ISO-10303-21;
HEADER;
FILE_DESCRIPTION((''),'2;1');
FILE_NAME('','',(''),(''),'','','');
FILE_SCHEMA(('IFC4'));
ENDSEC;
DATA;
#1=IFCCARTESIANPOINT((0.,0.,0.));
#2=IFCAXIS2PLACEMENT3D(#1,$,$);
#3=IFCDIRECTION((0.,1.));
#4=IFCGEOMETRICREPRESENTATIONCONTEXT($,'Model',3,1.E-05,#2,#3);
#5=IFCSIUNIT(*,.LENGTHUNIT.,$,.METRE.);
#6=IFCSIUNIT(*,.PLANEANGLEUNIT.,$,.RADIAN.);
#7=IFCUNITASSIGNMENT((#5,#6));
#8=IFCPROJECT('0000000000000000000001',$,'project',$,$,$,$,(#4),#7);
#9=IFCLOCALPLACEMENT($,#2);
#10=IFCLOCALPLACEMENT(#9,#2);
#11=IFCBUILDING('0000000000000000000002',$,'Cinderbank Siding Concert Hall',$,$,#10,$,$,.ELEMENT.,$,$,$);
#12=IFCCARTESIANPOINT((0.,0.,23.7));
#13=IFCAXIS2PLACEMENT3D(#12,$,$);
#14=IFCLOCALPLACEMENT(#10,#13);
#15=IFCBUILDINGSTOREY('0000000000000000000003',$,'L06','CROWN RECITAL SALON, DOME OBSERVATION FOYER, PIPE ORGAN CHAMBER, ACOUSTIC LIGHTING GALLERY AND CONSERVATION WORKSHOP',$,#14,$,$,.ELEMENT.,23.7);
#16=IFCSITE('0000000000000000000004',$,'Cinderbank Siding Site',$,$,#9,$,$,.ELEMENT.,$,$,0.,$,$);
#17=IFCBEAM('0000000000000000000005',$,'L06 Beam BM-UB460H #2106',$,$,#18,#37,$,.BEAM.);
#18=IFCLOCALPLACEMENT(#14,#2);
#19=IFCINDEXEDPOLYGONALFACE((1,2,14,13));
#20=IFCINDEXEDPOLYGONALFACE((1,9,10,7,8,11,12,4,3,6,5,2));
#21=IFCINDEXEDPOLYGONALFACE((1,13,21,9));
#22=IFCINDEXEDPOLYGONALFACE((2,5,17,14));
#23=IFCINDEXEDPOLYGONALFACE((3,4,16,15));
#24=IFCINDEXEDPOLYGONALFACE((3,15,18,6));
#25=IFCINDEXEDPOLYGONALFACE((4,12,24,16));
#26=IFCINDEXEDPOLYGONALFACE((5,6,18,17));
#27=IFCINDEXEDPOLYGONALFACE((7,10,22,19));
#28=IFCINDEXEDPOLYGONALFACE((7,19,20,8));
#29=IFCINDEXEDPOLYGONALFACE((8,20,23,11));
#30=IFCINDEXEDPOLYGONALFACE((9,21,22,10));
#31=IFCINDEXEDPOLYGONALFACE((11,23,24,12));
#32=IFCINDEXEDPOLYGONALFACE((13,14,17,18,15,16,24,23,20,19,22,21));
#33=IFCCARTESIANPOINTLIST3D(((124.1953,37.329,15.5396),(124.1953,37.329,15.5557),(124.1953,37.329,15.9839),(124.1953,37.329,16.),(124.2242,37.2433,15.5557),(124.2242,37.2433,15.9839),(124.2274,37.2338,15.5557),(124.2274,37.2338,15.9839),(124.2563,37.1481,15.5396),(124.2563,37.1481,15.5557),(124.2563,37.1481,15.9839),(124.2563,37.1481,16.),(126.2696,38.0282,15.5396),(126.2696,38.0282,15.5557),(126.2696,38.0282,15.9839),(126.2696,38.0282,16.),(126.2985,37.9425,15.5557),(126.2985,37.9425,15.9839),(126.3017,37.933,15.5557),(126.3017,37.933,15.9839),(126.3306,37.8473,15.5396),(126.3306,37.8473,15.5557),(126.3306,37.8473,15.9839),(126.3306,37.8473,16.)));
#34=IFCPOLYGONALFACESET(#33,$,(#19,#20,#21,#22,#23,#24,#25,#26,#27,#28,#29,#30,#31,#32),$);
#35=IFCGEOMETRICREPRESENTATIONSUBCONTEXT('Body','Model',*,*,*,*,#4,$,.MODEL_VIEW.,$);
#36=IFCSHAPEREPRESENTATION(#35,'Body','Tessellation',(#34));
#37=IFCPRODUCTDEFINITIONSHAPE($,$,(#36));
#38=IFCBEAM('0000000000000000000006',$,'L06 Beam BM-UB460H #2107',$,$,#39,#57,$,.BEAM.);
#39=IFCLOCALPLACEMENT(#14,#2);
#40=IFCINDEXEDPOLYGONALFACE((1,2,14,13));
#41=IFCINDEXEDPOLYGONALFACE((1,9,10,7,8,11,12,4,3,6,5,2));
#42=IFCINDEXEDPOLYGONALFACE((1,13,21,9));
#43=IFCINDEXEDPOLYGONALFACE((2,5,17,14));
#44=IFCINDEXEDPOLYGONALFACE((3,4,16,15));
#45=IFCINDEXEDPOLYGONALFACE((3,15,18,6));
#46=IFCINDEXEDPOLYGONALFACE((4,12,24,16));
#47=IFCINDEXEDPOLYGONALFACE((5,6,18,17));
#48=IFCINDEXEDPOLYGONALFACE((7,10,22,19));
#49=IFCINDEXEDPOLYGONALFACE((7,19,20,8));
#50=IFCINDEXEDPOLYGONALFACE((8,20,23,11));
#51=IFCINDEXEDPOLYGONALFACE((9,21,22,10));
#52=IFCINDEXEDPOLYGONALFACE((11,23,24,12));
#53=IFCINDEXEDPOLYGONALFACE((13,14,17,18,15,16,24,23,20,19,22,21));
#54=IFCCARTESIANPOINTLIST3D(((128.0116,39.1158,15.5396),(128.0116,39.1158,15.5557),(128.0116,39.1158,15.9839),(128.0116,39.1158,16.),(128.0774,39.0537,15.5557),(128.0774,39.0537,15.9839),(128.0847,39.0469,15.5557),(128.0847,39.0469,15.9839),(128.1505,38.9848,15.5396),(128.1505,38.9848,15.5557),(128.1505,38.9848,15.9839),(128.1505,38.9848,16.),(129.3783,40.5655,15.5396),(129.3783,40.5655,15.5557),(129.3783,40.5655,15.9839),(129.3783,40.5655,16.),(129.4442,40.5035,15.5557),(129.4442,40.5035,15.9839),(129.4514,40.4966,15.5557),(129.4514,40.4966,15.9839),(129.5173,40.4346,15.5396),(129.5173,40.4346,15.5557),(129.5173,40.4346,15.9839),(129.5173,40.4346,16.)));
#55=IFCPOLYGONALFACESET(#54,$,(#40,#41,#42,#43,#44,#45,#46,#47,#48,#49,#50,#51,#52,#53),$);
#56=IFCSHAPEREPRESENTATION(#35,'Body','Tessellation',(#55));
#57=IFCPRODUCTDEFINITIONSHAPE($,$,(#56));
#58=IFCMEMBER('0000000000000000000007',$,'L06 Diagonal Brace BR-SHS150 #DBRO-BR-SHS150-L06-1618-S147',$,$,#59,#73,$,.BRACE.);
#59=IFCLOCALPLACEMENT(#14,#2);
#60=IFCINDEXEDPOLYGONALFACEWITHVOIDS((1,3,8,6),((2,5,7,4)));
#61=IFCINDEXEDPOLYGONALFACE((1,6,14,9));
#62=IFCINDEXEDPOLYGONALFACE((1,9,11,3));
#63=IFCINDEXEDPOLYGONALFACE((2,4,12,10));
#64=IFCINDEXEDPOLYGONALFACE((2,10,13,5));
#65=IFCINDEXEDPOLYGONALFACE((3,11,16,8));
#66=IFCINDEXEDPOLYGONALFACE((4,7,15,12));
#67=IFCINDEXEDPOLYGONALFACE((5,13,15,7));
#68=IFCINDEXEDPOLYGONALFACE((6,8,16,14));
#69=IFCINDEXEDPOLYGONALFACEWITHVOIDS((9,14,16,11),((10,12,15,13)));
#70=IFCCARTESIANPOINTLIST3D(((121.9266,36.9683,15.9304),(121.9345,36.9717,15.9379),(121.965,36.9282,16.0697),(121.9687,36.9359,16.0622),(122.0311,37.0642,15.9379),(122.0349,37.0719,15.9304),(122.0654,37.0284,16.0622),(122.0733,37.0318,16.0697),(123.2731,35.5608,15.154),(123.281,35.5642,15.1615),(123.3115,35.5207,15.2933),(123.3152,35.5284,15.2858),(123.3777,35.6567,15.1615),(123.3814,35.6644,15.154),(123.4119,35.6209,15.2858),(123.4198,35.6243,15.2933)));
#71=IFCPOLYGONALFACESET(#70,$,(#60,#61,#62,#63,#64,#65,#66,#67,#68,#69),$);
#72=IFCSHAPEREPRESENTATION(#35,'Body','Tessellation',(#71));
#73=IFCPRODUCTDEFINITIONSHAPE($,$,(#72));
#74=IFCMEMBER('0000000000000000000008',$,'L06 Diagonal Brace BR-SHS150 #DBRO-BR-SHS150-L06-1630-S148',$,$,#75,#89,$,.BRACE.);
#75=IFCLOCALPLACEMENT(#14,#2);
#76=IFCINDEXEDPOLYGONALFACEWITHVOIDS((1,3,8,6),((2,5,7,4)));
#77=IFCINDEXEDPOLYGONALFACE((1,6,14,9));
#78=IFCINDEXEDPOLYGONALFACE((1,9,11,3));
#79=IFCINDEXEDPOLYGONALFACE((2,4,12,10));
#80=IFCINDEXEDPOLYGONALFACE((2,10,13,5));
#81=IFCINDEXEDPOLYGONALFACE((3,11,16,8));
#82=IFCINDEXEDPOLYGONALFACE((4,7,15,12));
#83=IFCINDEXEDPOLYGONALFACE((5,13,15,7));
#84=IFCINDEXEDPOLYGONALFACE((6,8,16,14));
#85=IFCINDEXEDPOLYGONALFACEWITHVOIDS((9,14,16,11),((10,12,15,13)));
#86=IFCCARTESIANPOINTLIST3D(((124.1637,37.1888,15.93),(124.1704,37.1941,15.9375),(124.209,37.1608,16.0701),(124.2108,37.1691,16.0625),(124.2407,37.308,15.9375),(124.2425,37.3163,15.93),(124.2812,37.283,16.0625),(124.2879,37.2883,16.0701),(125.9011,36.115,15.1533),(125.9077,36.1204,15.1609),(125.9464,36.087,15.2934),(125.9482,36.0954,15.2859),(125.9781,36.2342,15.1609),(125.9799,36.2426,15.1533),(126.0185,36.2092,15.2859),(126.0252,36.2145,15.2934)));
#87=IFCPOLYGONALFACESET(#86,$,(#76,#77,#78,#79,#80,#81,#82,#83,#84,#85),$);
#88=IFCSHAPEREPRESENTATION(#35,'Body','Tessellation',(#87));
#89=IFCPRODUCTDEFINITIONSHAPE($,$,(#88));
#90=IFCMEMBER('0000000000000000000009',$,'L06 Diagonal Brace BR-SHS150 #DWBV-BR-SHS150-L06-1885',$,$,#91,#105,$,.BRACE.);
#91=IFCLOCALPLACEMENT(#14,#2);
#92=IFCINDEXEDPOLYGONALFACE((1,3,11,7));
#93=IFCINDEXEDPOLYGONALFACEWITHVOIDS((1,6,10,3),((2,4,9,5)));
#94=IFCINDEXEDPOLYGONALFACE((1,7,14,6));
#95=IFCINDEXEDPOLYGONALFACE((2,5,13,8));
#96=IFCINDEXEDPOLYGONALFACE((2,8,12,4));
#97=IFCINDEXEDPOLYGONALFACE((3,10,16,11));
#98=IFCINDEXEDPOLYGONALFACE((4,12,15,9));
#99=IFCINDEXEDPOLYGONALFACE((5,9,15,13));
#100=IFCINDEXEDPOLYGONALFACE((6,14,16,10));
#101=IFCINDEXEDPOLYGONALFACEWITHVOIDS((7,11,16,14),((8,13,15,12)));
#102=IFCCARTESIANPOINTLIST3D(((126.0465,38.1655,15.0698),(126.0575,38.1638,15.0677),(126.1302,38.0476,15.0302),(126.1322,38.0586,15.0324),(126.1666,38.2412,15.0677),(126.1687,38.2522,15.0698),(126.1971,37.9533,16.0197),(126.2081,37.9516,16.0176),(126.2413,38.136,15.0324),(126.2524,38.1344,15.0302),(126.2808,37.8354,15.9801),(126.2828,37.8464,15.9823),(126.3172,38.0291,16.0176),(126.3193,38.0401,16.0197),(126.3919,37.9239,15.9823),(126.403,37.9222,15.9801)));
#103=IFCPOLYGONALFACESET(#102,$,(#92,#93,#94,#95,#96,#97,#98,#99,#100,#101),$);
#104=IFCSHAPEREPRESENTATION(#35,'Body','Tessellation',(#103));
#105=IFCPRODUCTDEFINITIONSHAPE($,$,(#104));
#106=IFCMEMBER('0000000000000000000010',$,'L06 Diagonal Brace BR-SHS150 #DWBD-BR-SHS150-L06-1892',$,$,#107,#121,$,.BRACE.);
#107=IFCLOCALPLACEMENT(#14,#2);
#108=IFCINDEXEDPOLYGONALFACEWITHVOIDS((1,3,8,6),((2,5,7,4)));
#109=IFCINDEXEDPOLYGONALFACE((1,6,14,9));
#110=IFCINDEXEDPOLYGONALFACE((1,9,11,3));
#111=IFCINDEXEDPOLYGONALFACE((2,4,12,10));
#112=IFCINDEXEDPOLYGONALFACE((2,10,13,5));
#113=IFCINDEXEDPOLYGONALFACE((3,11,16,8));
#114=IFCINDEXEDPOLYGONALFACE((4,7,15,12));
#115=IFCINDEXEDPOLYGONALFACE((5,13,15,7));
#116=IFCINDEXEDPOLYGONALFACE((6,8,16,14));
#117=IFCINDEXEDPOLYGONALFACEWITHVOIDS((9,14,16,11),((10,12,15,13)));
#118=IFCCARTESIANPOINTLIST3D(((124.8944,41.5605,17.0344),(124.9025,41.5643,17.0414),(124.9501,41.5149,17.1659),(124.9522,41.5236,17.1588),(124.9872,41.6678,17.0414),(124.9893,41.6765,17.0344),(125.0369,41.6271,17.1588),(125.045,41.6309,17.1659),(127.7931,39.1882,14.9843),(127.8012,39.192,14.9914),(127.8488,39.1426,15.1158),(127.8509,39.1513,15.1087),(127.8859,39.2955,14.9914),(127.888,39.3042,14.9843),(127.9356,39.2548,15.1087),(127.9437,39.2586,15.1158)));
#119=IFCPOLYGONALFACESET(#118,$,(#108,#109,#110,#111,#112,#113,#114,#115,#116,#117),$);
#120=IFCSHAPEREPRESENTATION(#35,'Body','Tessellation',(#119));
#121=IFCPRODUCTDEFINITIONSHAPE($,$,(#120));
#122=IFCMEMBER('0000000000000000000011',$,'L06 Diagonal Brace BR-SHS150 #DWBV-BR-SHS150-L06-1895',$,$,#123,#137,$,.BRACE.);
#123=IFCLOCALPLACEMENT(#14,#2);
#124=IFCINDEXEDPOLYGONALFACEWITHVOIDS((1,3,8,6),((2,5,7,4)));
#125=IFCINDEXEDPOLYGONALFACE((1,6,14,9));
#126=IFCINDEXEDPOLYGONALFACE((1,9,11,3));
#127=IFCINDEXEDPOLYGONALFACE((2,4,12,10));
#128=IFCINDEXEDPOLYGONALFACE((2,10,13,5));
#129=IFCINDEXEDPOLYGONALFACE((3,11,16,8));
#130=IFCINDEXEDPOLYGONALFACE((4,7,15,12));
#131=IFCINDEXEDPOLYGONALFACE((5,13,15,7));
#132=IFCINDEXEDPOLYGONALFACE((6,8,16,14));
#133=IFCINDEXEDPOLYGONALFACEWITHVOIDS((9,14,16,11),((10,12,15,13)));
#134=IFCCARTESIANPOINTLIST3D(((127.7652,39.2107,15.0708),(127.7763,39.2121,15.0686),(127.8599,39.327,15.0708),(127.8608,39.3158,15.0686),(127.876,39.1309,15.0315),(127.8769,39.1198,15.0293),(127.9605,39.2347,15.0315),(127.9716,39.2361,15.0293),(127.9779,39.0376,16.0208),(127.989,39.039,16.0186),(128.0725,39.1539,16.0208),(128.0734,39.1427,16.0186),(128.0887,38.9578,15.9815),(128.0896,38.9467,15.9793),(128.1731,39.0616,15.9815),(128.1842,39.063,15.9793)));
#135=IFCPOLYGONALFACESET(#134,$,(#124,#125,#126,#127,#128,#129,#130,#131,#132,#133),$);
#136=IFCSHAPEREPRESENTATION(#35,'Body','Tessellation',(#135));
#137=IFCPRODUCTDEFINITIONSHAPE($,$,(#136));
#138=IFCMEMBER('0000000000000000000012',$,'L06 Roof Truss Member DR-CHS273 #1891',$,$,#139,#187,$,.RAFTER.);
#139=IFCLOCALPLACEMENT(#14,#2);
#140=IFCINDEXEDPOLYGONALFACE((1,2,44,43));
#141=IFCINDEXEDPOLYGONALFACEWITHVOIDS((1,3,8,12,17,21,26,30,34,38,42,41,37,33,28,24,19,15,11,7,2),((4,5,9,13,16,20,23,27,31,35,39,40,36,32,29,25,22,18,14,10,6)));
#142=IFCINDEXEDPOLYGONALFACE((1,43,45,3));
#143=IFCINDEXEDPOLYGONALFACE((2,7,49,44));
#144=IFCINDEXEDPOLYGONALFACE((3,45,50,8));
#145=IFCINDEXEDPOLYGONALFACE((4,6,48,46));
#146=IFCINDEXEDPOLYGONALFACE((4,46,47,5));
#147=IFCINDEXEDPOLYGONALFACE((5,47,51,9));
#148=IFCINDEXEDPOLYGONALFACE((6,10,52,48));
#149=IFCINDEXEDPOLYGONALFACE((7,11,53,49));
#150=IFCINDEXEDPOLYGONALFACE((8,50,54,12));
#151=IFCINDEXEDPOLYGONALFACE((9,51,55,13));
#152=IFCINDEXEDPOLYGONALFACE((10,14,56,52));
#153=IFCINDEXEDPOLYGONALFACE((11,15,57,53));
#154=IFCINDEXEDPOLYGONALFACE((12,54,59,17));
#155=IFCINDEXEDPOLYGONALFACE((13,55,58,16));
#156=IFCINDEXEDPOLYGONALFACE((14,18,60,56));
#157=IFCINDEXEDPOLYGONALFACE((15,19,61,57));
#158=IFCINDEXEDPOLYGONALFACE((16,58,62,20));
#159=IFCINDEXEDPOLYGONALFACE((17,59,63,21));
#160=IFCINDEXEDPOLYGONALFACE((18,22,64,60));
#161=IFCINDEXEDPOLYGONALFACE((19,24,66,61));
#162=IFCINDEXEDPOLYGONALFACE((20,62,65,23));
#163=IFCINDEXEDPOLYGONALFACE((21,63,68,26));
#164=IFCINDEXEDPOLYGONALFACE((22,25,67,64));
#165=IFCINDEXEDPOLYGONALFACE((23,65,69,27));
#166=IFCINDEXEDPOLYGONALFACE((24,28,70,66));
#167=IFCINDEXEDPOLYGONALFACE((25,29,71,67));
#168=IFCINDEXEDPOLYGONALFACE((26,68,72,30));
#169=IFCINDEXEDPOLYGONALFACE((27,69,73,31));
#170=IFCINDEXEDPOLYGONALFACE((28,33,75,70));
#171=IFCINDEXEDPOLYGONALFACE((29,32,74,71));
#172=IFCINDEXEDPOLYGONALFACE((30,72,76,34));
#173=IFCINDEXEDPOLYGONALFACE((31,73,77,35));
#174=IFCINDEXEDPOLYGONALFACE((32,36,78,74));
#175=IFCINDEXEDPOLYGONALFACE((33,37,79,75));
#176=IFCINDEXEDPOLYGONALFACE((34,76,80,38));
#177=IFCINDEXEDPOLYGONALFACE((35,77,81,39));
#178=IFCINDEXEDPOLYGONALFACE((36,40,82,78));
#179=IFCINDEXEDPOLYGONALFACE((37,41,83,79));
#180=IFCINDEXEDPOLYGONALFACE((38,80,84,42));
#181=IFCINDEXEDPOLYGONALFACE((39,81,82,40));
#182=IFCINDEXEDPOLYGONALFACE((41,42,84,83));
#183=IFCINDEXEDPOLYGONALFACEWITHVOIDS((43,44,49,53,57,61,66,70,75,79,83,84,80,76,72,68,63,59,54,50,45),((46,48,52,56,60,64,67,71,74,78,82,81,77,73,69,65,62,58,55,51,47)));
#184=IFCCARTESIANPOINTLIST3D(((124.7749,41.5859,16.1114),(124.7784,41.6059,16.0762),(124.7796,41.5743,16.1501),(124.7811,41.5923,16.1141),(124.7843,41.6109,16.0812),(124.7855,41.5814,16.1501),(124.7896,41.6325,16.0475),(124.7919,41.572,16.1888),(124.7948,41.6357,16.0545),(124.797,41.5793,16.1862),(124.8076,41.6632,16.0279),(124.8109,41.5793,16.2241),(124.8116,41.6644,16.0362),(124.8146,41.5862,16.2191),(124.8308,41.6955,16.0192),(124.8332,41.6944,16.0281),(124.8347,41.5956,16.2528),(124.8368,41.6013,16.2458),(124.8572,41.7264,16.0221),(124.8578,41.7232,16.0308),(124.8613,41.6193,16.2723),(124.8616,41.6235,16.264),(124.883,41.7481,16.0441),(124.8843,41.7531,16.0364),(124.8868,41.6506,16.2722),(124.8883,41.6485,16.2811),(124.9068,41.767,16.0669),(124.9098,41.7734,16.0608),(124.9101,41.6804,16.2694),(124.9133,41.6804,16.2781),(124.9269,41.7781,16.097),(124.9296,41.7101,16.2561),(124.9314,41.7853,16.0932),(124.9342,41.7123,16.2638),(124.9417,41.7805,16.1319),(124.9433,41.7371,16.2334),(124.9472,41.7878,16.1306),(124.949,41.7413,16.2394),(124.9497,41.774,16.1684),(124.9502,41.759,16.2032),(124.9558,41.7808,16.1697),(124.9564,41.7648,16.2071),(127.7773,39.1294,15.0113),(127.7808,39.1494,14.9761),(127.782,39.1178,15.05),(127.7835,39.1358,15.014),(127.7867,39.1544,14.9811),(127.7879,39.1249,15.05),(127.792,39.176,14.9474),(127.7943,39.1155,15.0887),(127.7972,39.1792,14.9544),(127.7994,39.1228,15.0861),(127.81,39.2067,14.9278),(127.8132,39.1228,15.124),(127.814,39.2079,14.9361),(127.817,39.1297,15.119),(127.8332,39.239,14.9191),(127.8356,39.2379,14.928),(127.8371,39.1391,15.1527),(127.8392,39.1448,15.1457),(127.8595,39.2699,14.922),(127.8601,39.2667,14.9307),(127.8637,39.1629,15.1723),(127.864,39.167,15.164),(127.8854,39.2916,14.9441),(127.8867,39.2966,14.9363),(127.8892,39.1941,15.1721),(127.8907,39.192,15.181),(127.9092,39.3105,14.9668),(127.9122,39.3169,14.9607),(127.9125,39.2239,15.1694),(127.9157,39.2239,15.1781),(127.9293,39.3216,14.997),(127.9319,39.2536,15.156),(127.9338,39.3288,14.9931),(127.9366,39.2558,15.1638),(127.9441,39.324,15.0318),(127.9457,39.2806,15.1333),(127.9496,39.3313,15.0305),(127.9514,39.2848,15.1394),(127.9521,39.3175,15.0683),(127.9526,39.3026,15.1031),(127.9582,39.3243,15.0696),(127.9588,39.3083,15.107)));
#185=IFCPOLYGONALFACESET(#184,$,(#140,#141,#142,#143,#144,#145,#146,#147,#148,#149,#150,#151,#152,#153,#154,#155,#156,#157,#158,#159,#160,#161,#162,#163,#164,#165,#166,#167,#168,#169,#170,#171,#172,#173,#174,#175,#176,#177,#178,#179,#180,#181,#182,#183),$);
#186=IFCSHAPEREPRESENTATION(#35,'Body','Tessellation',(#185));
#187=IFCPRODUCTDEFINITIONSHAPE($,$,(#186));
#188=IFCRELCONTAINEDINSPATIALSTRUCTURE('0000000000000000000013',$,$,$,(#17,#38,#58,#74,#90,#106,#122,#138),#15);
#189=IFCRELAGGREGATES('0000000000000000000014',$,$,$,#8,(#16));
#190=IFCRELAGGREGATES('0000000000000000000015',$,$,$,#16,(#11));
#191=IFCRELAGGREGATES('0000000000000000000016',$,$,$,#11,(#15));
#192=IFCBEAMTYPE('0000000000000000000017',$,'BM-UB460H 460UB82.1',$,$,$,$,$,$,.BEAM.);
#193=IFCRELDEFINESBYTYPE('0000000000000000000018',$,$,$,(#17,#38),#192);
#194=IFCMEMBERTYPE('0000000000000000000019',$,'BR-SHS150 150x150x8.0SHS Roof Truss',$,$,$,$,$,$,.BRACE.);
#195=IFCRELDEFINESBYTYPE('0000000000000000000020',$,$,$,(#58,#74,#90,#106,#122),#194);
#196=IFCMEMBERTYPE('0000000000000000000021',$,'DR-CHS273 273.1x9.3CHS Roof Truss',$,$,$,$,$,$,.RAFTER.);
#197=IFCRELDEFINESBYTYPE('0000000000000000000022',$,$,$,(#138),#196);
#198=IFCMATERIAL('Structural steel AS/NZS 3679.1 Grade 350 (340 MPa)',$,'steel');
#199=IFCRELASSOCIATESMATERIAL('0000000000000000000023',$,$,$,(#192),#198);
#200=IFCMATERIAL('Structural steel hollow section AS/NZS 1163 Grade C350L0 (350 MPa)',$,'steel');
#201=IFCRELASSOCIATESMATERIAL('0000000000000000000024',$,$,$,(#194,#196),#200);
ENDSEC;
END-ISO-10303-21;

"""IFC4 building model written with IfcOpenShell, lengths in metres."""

from ifc_helpers import new_model, si_unit, direction, frame, origin, origin_2d, place, context, subcontext, project, spatial, hollow_rectangle, hollow_circle, i_section, extrude, material, material_profile, profile_set, type_object, element, save


model = new_model("IFC4")

# Units and contexts
model_context = context("Model", 3, precision=1e-05, world=origin(), true_north=direction((0.0, 1.0)))
body_context = subcontext(model_context, "Body", "Model", "MODEL_VIEW")
ifc_project = project(units=[si_unit("LENGTHUNIT", "METRE"), si_unit("PLANEANGLEUNIT", "RADIAN")], contexts=[model_context])

# Site, building, storey
site_placement = place(None, origin())
site = spatial("IfcSite", under=ifc_project, at=site_placement, Name="Cinderbank Siding Site", CompositionType="ELEMENT", RefElevation=0.0)
building_placement = place(site_placement, origin())
building = spatial("IfcBuilding", under=site, at=building_placement, Name="Cinderbank Siding Concert Hall", CompositionType="ELEMENT")
storey_placement = place(building_placement, frame((0.0, 0.0, 23.7)))
storey = spatial("IfcBuildingStorey", under=building, at=storey_placement, Name="L06", Description="CROWN RECITAL SALON, DOME OBSERVATION FOYER, PIPE ORGAN CHAMBER, ACOUSTIC LIGHTING GALLERY AND CONSERVATION WORKSHOP", CompositionType="ELEMENT", Elevation=23.7)

# Beams
ifc_material_1 = material(Name="Structural steel AS/NZS 3679.1 Grade 350 (340 MPa)", Category="steel")
ifc_material_profile_1 = material_profile(ifc_material_1, i_section(OverallWidth=0.1909, OverallDepth=0.4604, WebThickness=0.01, FlangeThickness=0.0161, at=origin_2d()), Name="460UB82.1", Category="LoadBearing")
ifc_profile_set_1 = profile_set([ifc_material_profile_1], Name="Structural steel AS/NZS 3679.1 Grade 350 (340 MPa)")
beam_type = type_object("IfcBeamType", Name="BM-UB460H 460UB82.1", PredefinedType="BEAM", material=ifc_profile_set_1)
beam_1_placement = place(storey_placement, frame((124.2258, 37.2385, 15.7698), z_axis=(0.947607, 0.319438, 0.0), x_axis=(-0.319438, 0.947607, 0.0)))
element("IfcBeam", 1, at=beam_1_placement, inside=storey, type_object=beam_type, Name="L06 Beam BM-UB460H #2106", PredefinedType="BEAM", context=body_context, shape_type="SweptSolid", body=[
    extrude(i_section(OverallWidth=0.1909, OverallDepth=0.4604, WebThickness=0.01, FlangeThickness=0.0161, at=origin_2d()), origin(), (0.0, 0.0, 1.0), 2.189),
])
beam_2_placement = place(storey_placement, frame((128.0811, 39.0503, 15.7698), z_axis=(0.685968, 0.727631, 0.0), x_axis=(-0.727631, 0.685968, 0.0)))
element("IfcBeam", 2, at=beam_2_placement, inside=storey, type_object=beam_type, Name="L06 Beam BM-UB460H #2107", PredefinedType="BEAM", context=body_context, shape_type="SweptSolid", body=[
    extrude(i_section(OverallWidth=0.1909, OverallDepth=0.4604, WebThickness=0.01, FlangeThickness=0.0161, at=origin_2d()), origin(), (0.0, 0.0, 1.0), 1.9924),
])

# Members
ifc_material_2 = material(Name="Structural steel hollow section AS/NZS 1163 Grade C350L0 (350 MPa)", Category="steel")
ifc_material_profile_2 = material_profile(ifc_material_2, hollow_rectangle(XDim=0.1499, YDim=0.1499, WallThickness=0.0081, at=origin_2d()), Name="150x150x8.0SHS", Category="LoadBearing")
ifc_profile_set_2 = profile_set([ifc_material_profile_2], Name="Structural steel hollow section AS/NZS 1163 Grade C350L0 (350 MPa)")
member_type_1 = type_object("IfcMemberType", Name="BR-SHS150 150x150x8.0SHS Roof Truss", PredefinedType="BRACE", material=ifc_profile_set_2)
member_1_placement = place(storey_placement, frame((123.3464, 35.5925, 15.2236), z_axis=(-0.642135, 0.671244, 0.370261), x_axis=(-0.722601, -0.691265, 0.0)))
element("IfcMember", 3, at=member_1_placement, inside=storey, type_object=member_type_1, Name="L06 Diagonal Brace BR-SHS150 #DBRO-BR-SHS150-L06-1618-S147", PredefinedType="BRACE", context=body_context, shape_type="SweptSolid", body=[
    extrude(hollow_rectangle(XDim=0.1499, YDim=0.1499, WallThickness=0.0081, at=origin_2d()), origin(), (0.0, 0.0, 1.0), 2.0969),
])
member_2_placement = place(storey_placement, frame((125.9631, 36.1648, 15.2234), z_axis=(-0.795103, 0.491409, 0.355428), x_axis=(-0.525737, -0.850647, 0.0)))
element("IfcMember", 4, at=member_2_placement, inside=storey, type_object=member_type_1, Name="L06 Diagonal Brace BR-SHS150 #DBRO-BR-SHS150-L06-1630-S148", PredefinedType="BRACE", context=body_context, shape_type="SweptSolid", body=[
    extrude(hollow_rectangle(XDim=0.1499, YDim=0.1499, WallThickness=0.0081, at=origin_2d()), origin(), (0.0, 0.0, 1.0), 2.1851),
])
member_3_placement = place(storey_placement, frame((126.1494, 38.1499, 15.05), z_axis=(0.152938, -0.215402, 0.964475), x_axis=(0.815379, 0.578928, 0.0)))
element("IfcMember", 5, at=member_3_placement, inside=storey, type_object=member_type_1, Name="L06 Diagonal Brace BR-SHS150 #DWBV-BR-SHS150-L06-1885", PredefinedType="BRACE", context=body_context, shape_type="SweptSolid", body=[
    extrude(hollow_rectangle(XDim=0.1499, YDim=0.1499, WallThickness=0.0081, at=origin_2d()), origin(), (0.0, 0.0, 1.0), 0.9849),
])
member_4_placement = place(storey_placement, frame((127.8684, 39.2234, 15.05), z_axis=(-0.678848, 0.555577, 0.480105), x_axis=(-0.633344, -0.77387, 0.0)))
element("IfcMember", 6, at=member_4_placement, inside=storey, type_object=member_type_1, Name="L06 Diagonal Brace BR-SHS150 #DWBD-BR-SHS150-L06-1892", PredefinedType="BRACE", context=body_context, shape_type="SweptSolid", body=[
    extrude(hollow_rectangle(XDim=0.1499, YDim=0.1499, WallThickness=0.0081, at=origin_2d()), origin(), (0.0, 0.0, 1.0), 4.27),
])
member_5_placement = place(storey_placement, frame((127.8684, 39.2234, 15.05), z_axis=(0.21507, -0.175069, 0.960779), x_axis=(0.631296, 0.775542, 0.0)))
element("IfcMember", 7, at=member_5_placement, inside=storey, type_object=member_type_1, Name="L06 Diagonal Brace BR-SHS150 #DWBV-BR-SHS150-L06-1895", PredefinedType="BRACE", context=body_context, shape_type="SweptSolid", body=[
    extrude(hollow_rectangle(XDim=0.1499, YDim=0.1499, WallThickness=0.0081, at=origin_2d()), origin(), (0.0, 0.0, 1.0), 0.9888),
])
ifc_material_profile_3 = material_profile(ifc_material_2, hollow_circle(Radius=0.1365, WallThickness=0.0093, at=origin_2d()), Name="273.1x9.3CHS", Category="LoadBearing")
ifc_profile_set_3 = profile_set([ifc_material_profile_3], Name="Structural steel hollow section AS/NZS 1163 Grade C350L0 (350 MPa)")
member_type_2 = type_object("IfcMemberType", Name="DR-CHS273 273.1x9.3CHS Roof Truss", PredefinedType="RAFTER", material=ifc_profile_set_3)
member_6_placement = place(storey_placement, frame((127.8684, 39.2234, 15.05), z_axis=(-0.744597, 0.609216, 0.272821), x_axis=(-0.633238, -0.773957, 0.0)))
element("IfcMember", 8, at=member_6_placement, inside=storey, type_object=member_type_2, Name="L06 Roof Truss Member DR-CHS273 #1891", PredefinedType="RAFTER", context=body_context, shape_type="SweptSolid", body=[
    extrude(hollow_circle(Radius=0.1365, WallThickness=0.0093, at=origin_2d()), origin(), (0.0, 0.0, 1.0), 4.0322),
])

save(model, "model.ifc")
